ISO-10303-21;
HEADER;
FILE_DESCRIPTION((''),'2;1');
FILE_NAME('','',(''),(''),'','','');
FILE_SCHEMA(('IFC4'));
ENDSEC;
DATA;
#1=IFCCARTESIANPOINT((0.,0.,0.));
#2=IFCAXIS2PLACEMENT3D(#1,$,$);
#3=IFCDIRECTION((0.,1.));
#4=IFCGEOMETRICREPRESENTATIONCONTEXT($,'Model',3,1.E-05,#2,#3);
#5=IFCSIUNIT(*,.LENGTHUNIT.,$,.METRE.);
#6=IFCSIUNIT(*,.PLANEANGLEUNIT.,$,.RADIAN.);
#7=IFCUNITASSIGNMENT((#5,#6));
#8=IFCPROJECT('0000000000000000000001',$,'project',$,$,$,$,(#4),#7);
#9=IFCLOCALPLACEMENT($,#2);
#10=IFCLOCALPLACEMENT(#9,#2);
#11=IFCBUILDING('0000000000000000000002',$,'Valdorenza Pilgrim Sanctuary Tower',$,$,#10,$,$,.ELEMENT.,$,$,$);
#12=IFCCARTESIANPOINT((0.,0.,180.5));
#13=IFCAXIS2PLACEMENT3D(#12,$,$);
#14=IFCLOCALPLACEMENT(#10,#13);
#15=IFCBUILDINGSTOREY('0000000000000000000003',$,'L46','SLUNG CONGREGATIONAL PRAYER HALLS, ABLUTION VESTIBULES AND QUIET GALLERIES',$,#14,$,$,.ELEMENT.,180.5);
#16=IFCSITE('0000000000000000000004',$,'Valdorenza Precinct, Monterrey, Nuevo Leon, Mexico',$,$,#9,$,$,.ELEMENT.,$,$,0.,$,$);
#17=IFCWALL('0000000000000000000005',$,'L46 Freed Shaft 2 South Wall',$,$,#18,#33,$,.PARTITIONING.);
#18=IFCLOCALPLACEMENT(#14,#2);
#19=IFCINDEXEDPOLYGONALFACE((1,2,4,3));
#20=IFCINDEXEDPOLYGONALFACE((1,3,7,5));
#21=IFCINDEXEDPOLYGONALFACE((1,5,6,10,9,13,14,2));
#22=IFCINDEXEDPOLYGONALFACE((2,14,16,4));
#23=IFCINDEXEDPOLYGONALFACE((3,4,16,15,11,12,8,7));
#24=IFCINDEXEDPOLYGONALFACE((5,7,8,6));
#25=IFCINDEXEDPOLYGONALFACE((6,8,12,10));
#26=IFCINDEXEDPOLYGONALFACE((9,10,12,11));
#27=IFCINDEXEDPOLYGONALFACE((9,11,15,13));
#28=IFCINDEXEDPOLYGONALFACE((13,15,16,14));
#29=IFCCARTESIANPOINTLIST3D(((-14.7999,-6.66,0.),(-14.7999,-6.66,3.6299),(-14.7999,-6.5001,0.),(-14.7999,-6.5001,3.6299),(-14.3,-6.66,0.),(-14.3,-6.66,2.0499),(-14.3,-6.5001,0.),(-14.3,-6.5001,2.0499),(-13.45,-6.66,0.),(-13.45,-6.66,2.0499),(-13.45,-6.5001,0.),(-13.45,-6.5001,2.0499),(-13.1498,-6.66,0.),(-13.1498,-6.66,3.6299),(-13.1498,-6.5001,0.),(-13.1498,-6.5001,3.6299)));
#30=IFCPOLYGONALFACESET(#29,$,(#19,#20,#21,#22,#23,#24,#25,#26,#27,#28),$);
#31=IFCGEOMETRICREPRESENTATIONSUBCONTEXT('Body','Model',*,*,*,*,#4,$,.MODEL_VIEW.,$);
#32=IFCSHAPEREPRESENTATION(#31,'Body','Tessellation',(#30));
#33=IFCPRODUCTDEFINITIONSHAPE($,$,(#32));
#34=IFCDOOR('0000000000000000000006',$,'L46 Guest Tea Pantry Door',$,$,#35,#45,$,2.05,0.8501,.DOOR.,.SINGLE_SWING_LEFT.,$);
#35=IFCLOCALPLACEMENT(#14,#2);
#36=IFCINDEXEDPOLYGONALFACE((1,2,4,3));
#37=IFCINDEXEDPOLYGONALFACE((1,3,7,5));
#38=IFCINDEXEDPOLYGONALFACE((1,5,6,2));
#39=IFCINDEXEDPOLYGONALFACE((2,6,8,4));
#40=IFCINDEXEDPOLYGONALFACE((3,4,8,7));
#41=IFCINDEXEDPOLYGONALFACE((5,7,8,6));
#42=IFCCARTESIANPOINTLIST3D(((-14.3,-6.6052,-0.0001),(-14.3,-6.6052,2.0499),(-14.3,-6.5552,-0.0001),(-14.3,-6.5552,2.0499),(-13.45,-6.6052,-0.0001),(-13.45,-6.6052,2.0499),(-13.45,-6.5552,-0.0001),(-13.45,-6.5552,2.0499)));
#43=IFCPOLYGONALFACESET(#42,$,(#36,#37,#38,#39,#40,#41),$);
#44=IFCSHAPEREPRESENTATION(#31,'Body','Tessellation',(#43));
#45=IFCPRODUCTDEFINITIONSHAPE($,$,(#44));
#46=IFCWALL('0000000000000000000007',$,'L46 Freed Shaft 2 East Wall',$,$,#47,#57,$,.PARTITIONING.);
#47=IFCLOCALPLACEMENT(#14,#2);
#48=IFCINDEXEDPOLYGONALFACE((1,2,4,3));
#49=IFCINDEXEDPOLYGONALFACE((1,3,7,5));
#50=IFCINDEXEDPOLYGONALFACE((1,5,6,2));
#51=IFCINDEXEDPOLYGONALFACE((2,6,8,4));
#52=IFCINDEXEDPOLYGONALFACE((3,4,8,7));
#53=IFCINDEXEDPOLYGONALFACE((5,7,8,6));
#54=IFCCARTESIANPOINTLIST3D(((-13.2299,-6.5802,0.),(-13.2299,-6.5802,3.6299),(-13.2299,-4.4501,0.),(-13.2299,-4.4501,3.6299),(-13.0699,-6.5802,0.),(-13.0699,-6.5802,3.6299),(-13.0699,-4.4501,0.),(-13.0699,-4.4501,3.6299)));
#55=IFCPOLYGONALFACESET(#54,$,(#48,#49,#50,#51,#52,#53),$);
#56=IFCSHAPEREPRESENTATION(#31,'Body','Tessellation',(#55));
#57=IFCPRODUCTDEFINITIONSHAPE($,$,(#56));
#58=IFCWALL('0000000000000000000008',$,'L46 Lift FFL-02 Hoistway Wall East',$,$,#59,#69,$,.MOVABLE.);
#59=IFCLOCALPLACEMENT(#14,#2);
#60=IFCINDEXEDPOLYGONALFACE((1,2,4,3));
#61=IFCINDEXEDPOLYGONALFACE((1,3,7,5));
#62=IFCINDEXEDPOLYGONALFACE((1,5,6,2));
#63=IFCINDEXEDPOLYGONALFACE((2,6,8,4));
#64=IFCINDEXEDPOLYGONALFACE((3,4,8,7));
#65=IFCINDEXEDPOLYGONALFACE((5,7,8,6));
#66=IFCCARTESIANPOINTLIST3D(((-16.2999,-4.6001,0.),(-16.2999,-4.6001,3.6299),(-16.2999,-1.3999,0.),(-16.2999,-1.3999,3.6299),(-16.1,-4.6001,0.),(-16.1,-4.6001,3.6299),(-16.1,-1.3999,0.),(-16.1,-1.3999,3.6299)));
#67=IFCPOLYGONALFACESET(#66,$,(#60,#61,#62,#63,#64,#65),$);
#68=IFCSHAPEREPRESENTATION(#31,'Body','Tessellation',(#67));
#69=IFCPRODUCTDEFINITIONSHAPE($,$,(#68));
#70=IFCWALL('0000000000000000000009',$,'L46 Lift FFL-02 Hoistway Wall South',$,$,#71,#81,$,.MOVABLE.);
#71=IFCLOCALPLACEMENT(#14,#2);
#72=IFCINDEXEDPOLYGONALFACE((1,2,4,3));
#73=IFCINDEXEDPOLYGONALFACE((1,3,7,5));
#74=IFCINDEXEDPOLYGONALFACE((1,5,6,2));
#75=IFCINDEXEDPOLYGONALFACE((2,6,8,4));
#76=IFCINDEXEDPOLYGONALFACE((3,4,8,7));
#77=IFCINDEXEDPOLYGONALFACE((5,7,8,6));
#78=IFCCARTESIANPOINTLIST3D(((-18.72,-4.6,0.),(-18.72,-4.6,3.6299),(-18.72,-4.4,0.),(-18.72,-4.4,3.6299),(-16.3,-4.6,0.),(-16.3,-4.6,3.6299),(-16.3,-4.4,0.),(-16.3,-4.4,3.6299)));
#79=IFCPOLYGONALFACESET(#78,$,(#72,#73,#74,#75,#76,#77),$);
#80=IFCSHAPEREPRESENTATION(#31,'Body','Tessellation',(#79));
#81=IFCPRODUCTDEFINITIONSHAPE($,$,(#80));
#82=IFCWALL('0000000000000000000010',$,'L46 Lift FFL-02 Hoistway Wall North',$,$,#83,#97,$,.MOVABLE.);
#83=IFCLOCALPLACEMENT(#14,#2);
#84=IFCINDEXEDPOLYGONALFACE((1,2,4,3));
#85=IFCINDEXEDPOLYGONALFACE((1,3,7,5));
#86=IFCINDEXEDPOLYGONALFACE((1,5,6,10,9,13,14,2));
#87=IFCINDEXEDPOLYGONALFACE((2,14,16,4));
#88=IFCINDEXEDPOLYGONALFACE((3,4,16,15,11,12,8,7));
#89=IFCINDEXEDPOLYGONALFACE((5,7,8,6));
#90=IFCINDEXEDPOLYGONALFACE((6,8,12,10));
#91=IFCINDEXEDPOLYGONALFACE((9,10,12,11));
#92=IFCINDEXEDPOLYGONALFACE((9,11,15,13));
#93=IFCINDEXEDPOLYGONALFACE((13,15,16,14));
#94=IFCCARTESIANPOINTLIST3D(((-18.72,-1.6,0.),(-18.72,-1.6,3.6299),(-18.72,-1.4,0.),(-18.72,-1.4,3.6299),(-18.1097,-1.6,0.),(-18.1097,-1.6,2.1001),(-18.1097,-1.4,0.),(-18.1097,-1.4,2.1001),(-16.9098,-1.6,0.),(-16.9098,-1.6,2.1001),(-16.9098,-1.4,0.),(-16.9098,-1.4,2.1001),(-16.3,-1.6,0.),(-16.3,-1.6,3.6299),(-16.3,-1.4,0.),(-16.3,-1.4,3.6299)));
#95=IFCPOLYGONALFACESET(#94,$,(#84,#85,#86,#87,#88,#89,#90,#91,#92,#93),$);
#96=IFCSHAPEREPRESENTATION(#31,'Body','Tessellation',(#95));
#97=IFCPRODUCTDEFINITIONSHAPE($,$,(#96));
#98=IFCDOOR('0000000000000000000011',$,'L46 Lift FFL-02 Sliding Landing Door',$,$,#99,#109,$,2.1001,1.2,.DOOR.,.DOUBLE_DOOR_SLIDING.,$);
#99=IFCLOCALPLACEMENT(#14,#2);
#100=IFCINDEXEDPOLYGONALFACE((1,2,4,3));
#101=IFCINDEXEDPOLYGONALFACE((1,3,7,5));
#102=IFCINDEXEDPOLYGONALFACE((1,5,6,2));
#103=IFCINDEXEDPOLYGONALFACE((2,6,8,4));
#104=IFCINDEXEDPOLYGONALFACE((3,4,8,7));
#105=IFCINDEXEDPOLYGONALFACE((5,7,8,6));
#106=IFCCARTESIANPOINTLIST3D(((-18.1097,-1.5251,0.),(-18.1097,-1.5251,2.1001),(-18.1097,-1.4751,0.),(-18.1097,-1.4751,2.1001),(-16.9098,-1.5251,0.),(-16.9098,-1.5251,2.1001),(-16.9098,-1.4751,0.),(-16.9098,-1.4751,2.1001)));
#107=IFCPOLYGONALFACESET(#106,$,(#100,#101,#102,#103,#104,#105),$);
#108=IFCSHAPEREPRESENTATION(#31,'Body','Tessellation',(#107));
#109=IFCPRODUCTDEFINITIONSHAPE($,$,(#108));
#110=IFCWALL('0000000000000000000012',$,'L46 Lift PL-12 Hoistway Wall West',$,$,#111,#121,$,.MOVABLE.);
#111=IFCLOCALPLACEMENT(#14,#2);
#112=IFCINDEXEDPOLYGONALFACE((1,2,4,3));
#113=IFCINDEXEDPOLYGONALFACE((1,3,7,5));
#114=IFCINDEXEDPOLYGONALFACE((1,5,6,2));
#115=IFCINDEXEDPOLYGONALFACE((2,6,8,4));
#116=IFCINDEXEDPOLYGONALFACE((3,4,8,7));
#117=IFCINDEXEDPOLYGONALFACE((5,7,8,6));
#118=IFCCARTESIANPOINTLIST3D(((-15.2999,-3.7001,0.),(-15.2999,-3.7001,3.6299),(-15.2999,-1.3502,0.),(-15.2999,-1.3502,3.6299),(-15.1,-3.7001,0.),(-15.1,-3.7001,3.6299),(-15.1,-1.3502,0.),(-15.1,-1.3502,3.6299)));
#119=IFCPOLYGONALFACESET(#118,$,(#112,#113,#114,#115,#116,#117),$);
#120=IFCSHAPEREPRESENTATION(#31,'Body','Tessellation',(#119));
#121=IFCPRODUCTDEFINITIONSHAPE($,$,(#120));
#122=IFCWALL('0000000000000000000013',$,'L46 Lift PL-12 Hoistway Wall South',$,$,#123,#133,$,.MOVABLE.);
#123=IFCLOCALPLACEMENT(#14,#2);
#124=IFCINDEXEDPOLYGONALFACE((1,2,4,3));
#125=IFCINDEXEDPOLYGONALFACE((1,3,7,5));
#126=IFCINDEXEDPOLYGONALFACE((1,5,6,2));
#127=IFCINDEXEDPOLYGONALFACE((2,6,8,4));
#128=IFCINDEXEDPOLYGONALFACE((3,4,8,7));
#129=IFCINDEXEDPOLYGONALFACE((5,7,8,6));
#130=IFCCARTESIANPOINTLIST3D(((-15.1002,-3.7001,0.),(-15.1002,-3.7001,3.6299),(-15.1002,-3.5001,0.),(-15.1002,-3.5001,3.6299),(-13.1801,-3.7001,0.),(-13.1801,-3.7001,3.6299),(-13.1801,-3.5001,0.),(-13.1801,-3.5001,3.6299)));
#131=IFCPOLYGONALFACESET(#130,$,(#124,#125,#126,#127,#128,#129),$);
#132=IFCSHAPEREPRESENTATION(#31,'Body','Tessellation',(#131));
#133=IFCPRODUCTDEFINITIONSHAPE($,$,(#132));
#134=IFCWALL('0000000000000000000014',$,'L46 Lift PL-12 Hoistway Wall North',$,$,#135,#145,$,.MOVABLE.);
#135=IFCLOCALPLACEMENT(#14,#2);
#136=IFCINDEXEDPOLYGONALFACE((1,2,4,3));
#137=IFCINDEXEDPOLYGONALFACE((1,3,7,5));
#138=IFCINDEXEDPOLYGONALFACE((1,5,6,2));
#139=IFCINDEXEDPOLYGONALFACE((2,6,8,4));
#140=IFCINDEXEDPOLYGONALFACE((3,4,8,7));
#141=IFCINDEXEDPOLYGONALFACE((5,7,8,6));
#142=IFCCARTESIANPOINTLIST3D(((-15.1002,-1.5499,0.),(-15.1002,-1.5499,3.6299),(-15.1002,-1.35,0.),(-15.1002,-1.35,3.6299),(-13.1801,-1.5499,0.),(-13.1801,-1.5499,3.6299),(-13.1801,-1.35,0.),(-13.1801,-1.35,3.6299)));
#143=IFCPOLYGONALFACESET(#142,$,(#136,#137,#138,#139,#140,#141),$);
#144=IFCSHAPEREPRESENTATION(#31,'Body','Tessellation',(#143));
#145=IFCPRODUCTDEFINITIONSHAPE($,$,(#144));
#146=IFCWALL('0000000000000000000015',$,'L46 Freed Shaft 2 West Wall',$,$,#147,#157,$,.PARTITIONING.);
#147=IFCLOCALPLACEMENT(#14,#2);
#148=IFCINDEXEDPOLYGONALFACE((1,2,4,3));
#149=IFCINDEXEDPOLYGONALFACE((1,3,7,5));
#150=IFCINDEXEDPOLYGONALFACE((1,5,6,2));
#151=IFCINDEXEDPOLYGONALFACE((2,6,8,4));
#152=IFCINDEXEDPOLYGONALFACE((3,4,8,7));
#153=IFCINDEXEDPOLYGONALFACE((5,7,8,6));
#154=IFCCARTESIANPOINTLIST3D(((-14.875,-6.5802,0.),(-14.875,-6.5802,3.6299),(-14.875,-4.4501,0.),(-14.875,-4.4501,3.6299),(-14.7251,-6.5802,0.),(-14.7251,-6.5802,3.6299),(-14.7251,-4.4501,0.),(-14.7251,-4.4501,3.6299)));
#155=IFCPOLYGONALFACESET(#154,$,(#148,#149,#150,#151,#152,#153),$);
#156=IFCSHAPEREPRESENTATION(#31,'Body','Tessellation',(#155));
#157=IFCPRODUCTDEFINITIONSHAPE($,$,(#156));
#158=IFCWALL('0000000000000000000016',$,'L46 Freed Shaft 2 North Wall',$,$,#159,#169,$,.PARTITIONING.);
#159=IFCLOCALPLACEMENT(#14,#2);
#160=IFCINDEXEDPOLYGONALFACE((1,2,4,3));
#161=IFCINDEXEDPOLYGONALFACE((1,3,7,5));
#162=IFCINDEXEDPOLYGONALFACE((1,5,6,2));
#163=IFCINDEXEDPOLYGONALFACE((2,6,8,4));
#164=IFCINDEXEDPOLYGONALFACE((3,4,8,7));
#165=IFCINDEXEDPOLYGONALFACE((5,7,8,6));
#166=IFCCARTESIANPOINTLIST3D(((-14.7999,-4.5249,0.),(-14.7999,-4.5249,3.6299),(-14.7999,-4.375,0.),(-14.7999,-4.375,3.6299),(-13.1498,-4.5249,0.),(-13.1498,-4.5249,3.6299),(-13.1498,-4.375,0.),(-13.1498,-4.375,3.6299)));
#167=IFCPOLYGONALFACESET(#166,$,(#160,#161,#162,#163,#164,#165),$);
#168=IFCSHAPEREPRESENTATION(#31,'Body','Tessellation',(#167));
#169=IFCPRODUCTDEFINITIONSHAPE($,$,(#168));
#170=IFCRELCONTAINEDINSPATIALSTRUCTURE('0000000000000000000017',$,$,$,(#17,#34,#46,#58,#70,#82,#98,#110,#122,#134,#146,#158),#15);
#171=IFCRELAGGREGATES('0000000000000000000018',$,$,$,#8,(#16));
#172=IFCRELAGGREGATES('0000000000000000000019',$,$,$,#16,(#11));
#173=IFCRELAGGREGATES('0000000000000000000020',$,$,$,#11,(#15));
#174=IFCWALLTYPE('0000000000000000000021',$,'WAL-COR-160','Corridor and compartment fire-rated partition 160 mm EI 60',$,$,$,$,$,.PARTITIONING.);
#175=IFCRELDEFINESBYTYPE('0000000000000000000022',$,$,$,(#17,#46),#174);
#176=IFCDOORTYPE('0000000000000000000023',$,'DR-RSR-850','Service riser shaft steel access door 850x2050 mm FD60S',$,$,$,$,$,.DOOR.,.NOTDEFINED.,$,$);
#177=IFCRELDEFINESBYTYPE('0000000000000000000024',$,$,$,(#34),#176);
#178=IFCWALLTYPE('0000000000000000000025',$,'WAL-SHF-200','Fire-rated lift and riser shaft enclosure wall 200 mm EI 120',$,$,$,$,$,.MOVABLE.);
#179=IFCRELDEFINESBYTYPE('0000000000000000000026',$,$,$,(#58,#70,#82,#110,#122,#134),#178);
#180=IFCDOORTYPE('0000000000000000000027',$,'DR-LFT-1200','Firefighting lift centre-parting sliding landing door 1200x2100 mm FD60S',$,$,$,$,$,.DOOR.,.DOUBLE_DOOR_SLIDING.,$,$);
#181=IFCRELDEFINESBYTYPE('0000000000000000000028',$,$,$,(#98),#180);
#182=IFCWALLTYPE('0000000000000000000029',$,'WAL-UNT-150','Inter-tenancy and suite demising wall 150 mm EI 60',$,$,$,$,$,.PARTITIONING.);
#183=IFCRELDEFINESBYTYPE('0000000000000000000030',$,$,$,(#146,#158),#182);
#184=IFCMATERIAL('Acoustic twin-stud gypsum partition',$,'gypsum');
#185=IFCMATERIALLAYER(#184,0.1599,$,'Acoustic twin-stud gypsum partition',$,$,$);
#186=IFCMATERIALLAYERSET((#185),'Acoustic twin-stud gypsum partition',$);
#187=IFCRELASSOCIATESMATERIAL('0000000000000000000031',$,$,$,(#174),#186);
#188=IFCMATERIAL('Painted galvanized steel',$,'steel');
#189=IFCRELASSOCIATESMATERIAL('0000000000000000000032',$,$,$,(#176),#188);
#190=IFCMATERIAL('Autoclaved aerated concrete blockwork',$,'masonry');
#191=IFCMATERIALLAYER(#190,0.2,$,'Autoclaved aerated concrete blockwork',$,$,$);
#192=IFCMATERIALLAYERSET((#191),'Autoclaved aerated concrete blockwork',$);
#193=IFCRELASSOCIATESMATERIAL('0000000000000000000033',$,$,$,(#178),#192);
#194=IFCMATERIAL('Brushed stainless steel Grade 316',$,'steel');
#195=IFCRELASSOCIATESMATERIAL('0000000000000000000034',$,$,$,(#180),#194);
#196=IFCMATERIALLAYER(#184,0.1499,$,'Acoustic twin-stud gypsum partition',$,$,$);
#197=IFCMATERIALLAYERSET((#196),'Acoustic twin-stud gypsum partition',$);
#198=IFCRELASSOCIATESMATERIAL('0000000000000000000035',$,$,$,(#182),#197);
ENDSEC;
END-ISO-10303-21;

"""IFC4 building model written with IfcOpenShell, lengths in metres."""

from ifc_helpers import new_model, si_unit, direction, frame, frame_2d, origin, place, context, subcontext, project, spatial, rectangle, extrude, material, layer, layer_set, type_object, element, fill, save


model = new_model("IFC4")

# Units and contexts
model_context = context("Model", 3, precision=1e-05, world=origin(), true_north=direction((0.0, 1.0)))
body_context = subcontext(model_context, "Body", "Model", "MODEL_VIEW")
ifc_project = project(units=[si_unit("LENGTHUNIT", "METRE"), si_unit("PLANEANGLEUNIT", "RADIAN")], contexts=[model_context])

# Site, building, storey
site_placement = place(None, origin())
site = spatial("IfcSite", under=ifc_project, at=site_placement, Name="Valdorenza Precinct, Monterrey, Nuevo Leon, Mexico", CompositionType="ELEMENT", RefElevation=0.0)
building_placement = place(site_placement, origin())
building = spatial("IfcBuilding", under=site, at=building_placement, Name="Valdorenza Pilgrim Sanctuary Tower", CompositionType="ELEMENT")
storey_placement = place(building_placement, frame((0.0, 0.0, 180.5)))
storey = spatial("IfcBuildingStorey", under=building, at=storey_placement, Name="L46", Description="SLUNG CONGREGATIONAL PRAYER HALLS, ABLUTION VESTIBULES AND QUIET GALLERIES", CompositionType="ELEMENT", Elevation=180.5)

# Wall, opening, door
ifc_material_1 = material(Name="Acoustic twin-stud gypsum partition", Category="gypsum")
ifc_layer_1 = layer(ifc_material_1, 0.1599, Name="Acoustic twin-stud gypsum partition")
ifc_layer_set_1 = layer_set([ifc_layer_1], Name="Acoustic twin-stud gypsum partition")
wall_type_1 = type_object("IfcWallType", Name="WAL-COR-160", Description="Corridor and compartment fire-rated partition 160 mm EI 60", PredefinedType="PARTITIONING", material=ifc_layer_set_1)
wall_1_placement = place(storey_placement, frame((-14.8, -6.5801, 0.0), z_axis=(0.0, 0.0, 1.0), x_axis=(1.0, 0.0, 0.0)))
wall_1 = element("IfcWall", 1, at=wall_1_placement, inside=storey, type_object=wall_type_1, Name="L46 Freed Shaft 2 South Wall", PredefinedType="PARTITIONING", context=body_context, shape_type="SweptSolid", body=[
    extrude(rectangle(XDim=1.6501, YDim=0.1599, at=frame_2d((0.8252, 0.0))), origin(), (0.0, 0.0, 1.0), 3.6299),
])
opening_1_placement = place(wall_1_placement, frame((0.5, 0.0, 0.0)))
opening_1 = element("IfcOpeningElement", 2, at=opening_1_placement, cuts=wall_1, PredefinedType="OPENING", context=body_context, shape_type="SweptSolid", body=[
    extrude(rectangle(XDim=0.8501, YDim=2.05, at=frame_2d((0.425, 1.0249))), frame((0.0, 0.0947, 0.0), z_axis=(0.0, -1.0, 0.0), x_axis=(1.0, 0.0, 0.0)), (0.0, 0.0, 1.0), 0.1897),
])
ifc_material_2 = material(Name="Painted galvanized steel", Category="steel")
door_type_1 = type_object("IfcDoorType", Name="DR-RSR-850", Description="Service riser shaft steel access door 850x2050 mm FD60S", OperationType="NOTDEFINED", PredefinedType="DOOR", material=ifc_material_2)
door_1_placement = place(opening_1_placement, origin())
door_1 = element("IfcDoor", 3, at=door_1_placement, inside=storey, type_object=door_type_1, Name="L46 Guest Tea Pantry Door", OperationType="SINGLE_SWING_LEFT", OverallHeight=2.05, OverallWidth=0.8501, PredefinedType="DOOR", context=body_context, shape_type="SweptSolid", body=[
    extrude(rectangle(XDim=0.8501, YDim=2.05, at=frame_2d((0.425, 1.0249))), frame((0.0, 0.0249, 0.0), z_axis=(0.0, -1.0, 0.0), x_axis=(1.0, 0.0, 0.0)), (0.0, 0.0, 1.0), 0.05),
])
fill(opening_1, door_1)

# Wall
wall_2_placement = place(storey_placement, frame((-13.1499, -6.5801, 0.0), z_axis=(0.0, 0.0, 1.0), x_axis=(0.0, 1.0, 0.0)))
element("IfcWall", 4, at=wall_2_placement, inside=storey, type_object=wall_type_1, Name="L46 Freed Shaft 2 East Wall", PredefinedType="PARTITIONING", context=body_context, shape_type="SweptSolid", body=[
    extrude(rectangle(XDim=2.1301, YDim=0.1599, at=frame_2d((1.0649, 0.0))), origin(), (0.0, 0.0, 1.0), 3.6299),
])

# Walls
ifc_material_3 = material(Name="Autoclaved aerated concrete blockwork", Category="masonry")
ifc_layer_2 = layer(ifc_material_3, 0.2, Name="Autoclaved aerated concrete blockwork")
ifc_layer_set_2 = layer_set([ifc_layer_2], Name="Autoclaved aerated concrete blockwork")
wall_type_2 = type_object("IfcWallType", Name="WAL-SHF-200", Description="Fire-rated lift and riser shaft enclosure wall 200 mm EI 120", PredefinedType="MOVABLE", material=ifc_layer_set_2)
wall_3_placement = place(storey_placement, frame((-16.2, -4.6001, 0.0), z_axis=(0.0, 0.0, 1.0), x_axis=(0.0, 1.0, 0.0)))
element("IfcWall", 5, at=wall_3_placement, inside=storey, type_object=wall_type_2, Name="L46 Lift FFL-02 Hoistway Wall East", PredefinedType="MOVABLE", context=body_context, shape_type="SweptSolid", body=[
    extrude(rectangle(XDim=3.2002, YDim=0.2, at=frame_2d((1.6001, 0.0))), origin(), (0.0, 0.0, 1.0), 3.6299),
])
wall_4_placement = place(storey_placement, frame((-18.72, -4.5, 0.0), z_axis=(0.0, 0.0, 1.0), x_axis=(1.0, 0.0, 0.0)))
element("IfcWall", 6, at=wall_4_placement, inside=storey, type_object=wall_type_2, Name="L46 Lift FFL-02 Hoistway Wall South", PredefinedType="MOVABLE", context=body_context, shape_type="SweptSolid", body=[
    extrude(rectangle(XDim=2.4199, YDim=0.2, at=frame_2d((1.21, 0.0))), origin(), (0.0, 0.0, 1.0), 3.6299),
])

# Wall, opening, door
wall_5_placement = place(storey_placement, frame((-18.72, -1.5, 0.0), z_axis=(0.0, 0.0, 1.0), x_axis=(1.0, 0.0, 0.0)))
wall_5 = element("IfcWall", 7, at=wall_5_placement, inside=storey, type_object=wall_type_2, Name="L46 Lift FFL-02 Hoistway Wall North", PredefinedType="MOVABLE", context=body_context, shape_type="SweptSolid", body=[
    extrude(rectangle(XDim=2.4199, YDim=0.2, at=frame_2d((1.21, 0.0))), origin(), (0.0, 0.0, 1.0), 3.6299),
])
opening_2_placement = place(wall_5_placement, frame((0.6101, 0.0, 0.0)))
opening_2 = element("IfcOpeningElement", 8, at=opening_2_placement, cuts=wall_5, PredefinedType="OPENING", context=body_context, shape_type="SweptSolid", body=[
    extrude(rectangle(XDim=1.2, YDim=2.1001, at=frame_2d((0.6001, 1.05))), frame((0.0, 0.1147, 0.0), z_axis=(0.0, -1.0, 0.0), x_axis=(1.0, 0.0, 0.0)), (0.0, 0.0, 1.0), 0.2297),
])
ifc_material_4 = material(Name="Brushed stainless steel Grade 316", Category="steel")
door_type_2 = type_object("IfcDoorType", Name="DR-LFT-1200", Description="Firefighting lift centre-parting sliding landing door 1200x2100 mm FD60S", OperationType="DOUBLE_DOOR_SLIDING", PredefinedType="DOOR", material=ifc_material_4)
door_2_placement = place(opening_2_placement, origin())
door_2 = element("IfcDoor", 9, at=door_2_placement, inside=storey, type_object=door_type_2, Name="L46 Lift FFL-02 Sliding Landing Door", OperationType="DOUBLE_DOOR_SLIDING", OverallHeight=2.1001, OverallWidth=1.2, PredefinedType="DOOR", context=body_context, shape_type="SweptSolid", body=[
    extrude(rectangle(XDim=1.2, YDim=2.1001, at=frame_2d((0.6001, 1.05))), frame((0.0, 0.0249, 0.0), z_axis=(0.0, -1.0, 0.0), x_axis=(1.0, 0.0, 0.0)), (0.0, 0.0, 1.0), 0.05),
])
fill(opening_2, door_2)

# Walls
wall_6_placement = place(storey_placement, frame((-15.2, -3.7, 0.0), z_axis=(0.0, 0.0, 1.0), x_axis=(0.0, 1.0, 0.0)))
element("IfcWall", 10, at=wall_6_placement, inside=storey, type_object=wall_type_2, Name="L46 Lift PL-12 Hoistway Wall West", PredefinedType="MOVABLE", context=body_context, shape_type="SweptSolid", body=[
    extrude(rectangle(XDim=2.3499, YDim=0.2, at=frame_2d((1.1748, 0.0))), origin(), (0.0, 0.0, 1.0), 3.6299),
])
for number, where, z_axis, x_axis, name in (
    (11, (-15.1001, -3.6001, 0.0), (0.0, 0.0, 1.0), (1.0, 0.0, 0.0), "L46 Lift PL-12 Hoistway Wall South"),
    (12, (-15.1001, -1.45, 0.0), (0.0, 0.0, 1.0), (1.0, 0.0, 0.0), "L46 Lift PL-12 Hoistway Wall North"),
):
    element("IfcWall", number, at=place(storey_placement, frame(where, z_axis=z_axis, x_axis=x_axis)), inside=storey, type_object=wall_type_2, Name=name, PredefinedType="MOVABLE", context=body_context, shape_type="SweptSolid", body=[
        extrude(rectangle(XDim=1.9202, YDim=0.2, at=frame_2d((0.96, 0.0))), origin(), (0.0, 0.0, 1.0), 3.6299),
    ])
ifc_layer_3 = layer(ifc_material_1, 0.1499, Name="Acoustic twin-stud gypsum partition")
ifc_layer_set_3 = layer_set([ifc_layer_3], Name="Acoustic twin-stud gypsum partition")
wall_type_3 = type_object("IfcWallType", Name="WAL-UNT-150", Description="Inter-tenancy and suite demising wall 150 mm EI 60", PredefinedType="PARTITIONING", material=ifc_layer_set_3)
wall_7_placement = place(storey_placement, frame((-14.8, -6.5801, 0.0), z_axis=(0.0, 0.0, 1.0), x_axis=(0.0, 1.0, 0.0)))
element("IfcWall", 13, at=wall_7_placement, inside=storey, type_object=wall_type_3, Name="L46 Freed Shaft 2 West Wall", PredefinedType="PARTITIONING", context=body_context, shape_type="SweptSolid", body=[
    extrude(rectangle(XDim=2.1301, YDim=0.1499, at=frame_2d((1.0649, 0.0))), origin(), (0.0, 0.0, 1.0), 3.6299),
])
wall_8_placement = place(storey_placement, frame((-14.8, -4.45, 0.0), z_axis=(0.0, 0.0, 1.0), x_axis=(1.0, 0.0, 0.0)))
element("IfcWall", 14, at=wall_8_placement, inside=storey, type_object=wall_type_3, Name="L46 Freed Shaft 2 North Wall", PredefinedType="PARTITIONING", context=body_context, shape_type="SweptSolid", body=[
    extrude(rectangle(XDim=1.6501, YDim=0.1499, at=frame_2d((0.8252, 0.0))), origin(), (0.0, 0.0, 1.0), 3.6299),
])

save(model, "model.ifc")
